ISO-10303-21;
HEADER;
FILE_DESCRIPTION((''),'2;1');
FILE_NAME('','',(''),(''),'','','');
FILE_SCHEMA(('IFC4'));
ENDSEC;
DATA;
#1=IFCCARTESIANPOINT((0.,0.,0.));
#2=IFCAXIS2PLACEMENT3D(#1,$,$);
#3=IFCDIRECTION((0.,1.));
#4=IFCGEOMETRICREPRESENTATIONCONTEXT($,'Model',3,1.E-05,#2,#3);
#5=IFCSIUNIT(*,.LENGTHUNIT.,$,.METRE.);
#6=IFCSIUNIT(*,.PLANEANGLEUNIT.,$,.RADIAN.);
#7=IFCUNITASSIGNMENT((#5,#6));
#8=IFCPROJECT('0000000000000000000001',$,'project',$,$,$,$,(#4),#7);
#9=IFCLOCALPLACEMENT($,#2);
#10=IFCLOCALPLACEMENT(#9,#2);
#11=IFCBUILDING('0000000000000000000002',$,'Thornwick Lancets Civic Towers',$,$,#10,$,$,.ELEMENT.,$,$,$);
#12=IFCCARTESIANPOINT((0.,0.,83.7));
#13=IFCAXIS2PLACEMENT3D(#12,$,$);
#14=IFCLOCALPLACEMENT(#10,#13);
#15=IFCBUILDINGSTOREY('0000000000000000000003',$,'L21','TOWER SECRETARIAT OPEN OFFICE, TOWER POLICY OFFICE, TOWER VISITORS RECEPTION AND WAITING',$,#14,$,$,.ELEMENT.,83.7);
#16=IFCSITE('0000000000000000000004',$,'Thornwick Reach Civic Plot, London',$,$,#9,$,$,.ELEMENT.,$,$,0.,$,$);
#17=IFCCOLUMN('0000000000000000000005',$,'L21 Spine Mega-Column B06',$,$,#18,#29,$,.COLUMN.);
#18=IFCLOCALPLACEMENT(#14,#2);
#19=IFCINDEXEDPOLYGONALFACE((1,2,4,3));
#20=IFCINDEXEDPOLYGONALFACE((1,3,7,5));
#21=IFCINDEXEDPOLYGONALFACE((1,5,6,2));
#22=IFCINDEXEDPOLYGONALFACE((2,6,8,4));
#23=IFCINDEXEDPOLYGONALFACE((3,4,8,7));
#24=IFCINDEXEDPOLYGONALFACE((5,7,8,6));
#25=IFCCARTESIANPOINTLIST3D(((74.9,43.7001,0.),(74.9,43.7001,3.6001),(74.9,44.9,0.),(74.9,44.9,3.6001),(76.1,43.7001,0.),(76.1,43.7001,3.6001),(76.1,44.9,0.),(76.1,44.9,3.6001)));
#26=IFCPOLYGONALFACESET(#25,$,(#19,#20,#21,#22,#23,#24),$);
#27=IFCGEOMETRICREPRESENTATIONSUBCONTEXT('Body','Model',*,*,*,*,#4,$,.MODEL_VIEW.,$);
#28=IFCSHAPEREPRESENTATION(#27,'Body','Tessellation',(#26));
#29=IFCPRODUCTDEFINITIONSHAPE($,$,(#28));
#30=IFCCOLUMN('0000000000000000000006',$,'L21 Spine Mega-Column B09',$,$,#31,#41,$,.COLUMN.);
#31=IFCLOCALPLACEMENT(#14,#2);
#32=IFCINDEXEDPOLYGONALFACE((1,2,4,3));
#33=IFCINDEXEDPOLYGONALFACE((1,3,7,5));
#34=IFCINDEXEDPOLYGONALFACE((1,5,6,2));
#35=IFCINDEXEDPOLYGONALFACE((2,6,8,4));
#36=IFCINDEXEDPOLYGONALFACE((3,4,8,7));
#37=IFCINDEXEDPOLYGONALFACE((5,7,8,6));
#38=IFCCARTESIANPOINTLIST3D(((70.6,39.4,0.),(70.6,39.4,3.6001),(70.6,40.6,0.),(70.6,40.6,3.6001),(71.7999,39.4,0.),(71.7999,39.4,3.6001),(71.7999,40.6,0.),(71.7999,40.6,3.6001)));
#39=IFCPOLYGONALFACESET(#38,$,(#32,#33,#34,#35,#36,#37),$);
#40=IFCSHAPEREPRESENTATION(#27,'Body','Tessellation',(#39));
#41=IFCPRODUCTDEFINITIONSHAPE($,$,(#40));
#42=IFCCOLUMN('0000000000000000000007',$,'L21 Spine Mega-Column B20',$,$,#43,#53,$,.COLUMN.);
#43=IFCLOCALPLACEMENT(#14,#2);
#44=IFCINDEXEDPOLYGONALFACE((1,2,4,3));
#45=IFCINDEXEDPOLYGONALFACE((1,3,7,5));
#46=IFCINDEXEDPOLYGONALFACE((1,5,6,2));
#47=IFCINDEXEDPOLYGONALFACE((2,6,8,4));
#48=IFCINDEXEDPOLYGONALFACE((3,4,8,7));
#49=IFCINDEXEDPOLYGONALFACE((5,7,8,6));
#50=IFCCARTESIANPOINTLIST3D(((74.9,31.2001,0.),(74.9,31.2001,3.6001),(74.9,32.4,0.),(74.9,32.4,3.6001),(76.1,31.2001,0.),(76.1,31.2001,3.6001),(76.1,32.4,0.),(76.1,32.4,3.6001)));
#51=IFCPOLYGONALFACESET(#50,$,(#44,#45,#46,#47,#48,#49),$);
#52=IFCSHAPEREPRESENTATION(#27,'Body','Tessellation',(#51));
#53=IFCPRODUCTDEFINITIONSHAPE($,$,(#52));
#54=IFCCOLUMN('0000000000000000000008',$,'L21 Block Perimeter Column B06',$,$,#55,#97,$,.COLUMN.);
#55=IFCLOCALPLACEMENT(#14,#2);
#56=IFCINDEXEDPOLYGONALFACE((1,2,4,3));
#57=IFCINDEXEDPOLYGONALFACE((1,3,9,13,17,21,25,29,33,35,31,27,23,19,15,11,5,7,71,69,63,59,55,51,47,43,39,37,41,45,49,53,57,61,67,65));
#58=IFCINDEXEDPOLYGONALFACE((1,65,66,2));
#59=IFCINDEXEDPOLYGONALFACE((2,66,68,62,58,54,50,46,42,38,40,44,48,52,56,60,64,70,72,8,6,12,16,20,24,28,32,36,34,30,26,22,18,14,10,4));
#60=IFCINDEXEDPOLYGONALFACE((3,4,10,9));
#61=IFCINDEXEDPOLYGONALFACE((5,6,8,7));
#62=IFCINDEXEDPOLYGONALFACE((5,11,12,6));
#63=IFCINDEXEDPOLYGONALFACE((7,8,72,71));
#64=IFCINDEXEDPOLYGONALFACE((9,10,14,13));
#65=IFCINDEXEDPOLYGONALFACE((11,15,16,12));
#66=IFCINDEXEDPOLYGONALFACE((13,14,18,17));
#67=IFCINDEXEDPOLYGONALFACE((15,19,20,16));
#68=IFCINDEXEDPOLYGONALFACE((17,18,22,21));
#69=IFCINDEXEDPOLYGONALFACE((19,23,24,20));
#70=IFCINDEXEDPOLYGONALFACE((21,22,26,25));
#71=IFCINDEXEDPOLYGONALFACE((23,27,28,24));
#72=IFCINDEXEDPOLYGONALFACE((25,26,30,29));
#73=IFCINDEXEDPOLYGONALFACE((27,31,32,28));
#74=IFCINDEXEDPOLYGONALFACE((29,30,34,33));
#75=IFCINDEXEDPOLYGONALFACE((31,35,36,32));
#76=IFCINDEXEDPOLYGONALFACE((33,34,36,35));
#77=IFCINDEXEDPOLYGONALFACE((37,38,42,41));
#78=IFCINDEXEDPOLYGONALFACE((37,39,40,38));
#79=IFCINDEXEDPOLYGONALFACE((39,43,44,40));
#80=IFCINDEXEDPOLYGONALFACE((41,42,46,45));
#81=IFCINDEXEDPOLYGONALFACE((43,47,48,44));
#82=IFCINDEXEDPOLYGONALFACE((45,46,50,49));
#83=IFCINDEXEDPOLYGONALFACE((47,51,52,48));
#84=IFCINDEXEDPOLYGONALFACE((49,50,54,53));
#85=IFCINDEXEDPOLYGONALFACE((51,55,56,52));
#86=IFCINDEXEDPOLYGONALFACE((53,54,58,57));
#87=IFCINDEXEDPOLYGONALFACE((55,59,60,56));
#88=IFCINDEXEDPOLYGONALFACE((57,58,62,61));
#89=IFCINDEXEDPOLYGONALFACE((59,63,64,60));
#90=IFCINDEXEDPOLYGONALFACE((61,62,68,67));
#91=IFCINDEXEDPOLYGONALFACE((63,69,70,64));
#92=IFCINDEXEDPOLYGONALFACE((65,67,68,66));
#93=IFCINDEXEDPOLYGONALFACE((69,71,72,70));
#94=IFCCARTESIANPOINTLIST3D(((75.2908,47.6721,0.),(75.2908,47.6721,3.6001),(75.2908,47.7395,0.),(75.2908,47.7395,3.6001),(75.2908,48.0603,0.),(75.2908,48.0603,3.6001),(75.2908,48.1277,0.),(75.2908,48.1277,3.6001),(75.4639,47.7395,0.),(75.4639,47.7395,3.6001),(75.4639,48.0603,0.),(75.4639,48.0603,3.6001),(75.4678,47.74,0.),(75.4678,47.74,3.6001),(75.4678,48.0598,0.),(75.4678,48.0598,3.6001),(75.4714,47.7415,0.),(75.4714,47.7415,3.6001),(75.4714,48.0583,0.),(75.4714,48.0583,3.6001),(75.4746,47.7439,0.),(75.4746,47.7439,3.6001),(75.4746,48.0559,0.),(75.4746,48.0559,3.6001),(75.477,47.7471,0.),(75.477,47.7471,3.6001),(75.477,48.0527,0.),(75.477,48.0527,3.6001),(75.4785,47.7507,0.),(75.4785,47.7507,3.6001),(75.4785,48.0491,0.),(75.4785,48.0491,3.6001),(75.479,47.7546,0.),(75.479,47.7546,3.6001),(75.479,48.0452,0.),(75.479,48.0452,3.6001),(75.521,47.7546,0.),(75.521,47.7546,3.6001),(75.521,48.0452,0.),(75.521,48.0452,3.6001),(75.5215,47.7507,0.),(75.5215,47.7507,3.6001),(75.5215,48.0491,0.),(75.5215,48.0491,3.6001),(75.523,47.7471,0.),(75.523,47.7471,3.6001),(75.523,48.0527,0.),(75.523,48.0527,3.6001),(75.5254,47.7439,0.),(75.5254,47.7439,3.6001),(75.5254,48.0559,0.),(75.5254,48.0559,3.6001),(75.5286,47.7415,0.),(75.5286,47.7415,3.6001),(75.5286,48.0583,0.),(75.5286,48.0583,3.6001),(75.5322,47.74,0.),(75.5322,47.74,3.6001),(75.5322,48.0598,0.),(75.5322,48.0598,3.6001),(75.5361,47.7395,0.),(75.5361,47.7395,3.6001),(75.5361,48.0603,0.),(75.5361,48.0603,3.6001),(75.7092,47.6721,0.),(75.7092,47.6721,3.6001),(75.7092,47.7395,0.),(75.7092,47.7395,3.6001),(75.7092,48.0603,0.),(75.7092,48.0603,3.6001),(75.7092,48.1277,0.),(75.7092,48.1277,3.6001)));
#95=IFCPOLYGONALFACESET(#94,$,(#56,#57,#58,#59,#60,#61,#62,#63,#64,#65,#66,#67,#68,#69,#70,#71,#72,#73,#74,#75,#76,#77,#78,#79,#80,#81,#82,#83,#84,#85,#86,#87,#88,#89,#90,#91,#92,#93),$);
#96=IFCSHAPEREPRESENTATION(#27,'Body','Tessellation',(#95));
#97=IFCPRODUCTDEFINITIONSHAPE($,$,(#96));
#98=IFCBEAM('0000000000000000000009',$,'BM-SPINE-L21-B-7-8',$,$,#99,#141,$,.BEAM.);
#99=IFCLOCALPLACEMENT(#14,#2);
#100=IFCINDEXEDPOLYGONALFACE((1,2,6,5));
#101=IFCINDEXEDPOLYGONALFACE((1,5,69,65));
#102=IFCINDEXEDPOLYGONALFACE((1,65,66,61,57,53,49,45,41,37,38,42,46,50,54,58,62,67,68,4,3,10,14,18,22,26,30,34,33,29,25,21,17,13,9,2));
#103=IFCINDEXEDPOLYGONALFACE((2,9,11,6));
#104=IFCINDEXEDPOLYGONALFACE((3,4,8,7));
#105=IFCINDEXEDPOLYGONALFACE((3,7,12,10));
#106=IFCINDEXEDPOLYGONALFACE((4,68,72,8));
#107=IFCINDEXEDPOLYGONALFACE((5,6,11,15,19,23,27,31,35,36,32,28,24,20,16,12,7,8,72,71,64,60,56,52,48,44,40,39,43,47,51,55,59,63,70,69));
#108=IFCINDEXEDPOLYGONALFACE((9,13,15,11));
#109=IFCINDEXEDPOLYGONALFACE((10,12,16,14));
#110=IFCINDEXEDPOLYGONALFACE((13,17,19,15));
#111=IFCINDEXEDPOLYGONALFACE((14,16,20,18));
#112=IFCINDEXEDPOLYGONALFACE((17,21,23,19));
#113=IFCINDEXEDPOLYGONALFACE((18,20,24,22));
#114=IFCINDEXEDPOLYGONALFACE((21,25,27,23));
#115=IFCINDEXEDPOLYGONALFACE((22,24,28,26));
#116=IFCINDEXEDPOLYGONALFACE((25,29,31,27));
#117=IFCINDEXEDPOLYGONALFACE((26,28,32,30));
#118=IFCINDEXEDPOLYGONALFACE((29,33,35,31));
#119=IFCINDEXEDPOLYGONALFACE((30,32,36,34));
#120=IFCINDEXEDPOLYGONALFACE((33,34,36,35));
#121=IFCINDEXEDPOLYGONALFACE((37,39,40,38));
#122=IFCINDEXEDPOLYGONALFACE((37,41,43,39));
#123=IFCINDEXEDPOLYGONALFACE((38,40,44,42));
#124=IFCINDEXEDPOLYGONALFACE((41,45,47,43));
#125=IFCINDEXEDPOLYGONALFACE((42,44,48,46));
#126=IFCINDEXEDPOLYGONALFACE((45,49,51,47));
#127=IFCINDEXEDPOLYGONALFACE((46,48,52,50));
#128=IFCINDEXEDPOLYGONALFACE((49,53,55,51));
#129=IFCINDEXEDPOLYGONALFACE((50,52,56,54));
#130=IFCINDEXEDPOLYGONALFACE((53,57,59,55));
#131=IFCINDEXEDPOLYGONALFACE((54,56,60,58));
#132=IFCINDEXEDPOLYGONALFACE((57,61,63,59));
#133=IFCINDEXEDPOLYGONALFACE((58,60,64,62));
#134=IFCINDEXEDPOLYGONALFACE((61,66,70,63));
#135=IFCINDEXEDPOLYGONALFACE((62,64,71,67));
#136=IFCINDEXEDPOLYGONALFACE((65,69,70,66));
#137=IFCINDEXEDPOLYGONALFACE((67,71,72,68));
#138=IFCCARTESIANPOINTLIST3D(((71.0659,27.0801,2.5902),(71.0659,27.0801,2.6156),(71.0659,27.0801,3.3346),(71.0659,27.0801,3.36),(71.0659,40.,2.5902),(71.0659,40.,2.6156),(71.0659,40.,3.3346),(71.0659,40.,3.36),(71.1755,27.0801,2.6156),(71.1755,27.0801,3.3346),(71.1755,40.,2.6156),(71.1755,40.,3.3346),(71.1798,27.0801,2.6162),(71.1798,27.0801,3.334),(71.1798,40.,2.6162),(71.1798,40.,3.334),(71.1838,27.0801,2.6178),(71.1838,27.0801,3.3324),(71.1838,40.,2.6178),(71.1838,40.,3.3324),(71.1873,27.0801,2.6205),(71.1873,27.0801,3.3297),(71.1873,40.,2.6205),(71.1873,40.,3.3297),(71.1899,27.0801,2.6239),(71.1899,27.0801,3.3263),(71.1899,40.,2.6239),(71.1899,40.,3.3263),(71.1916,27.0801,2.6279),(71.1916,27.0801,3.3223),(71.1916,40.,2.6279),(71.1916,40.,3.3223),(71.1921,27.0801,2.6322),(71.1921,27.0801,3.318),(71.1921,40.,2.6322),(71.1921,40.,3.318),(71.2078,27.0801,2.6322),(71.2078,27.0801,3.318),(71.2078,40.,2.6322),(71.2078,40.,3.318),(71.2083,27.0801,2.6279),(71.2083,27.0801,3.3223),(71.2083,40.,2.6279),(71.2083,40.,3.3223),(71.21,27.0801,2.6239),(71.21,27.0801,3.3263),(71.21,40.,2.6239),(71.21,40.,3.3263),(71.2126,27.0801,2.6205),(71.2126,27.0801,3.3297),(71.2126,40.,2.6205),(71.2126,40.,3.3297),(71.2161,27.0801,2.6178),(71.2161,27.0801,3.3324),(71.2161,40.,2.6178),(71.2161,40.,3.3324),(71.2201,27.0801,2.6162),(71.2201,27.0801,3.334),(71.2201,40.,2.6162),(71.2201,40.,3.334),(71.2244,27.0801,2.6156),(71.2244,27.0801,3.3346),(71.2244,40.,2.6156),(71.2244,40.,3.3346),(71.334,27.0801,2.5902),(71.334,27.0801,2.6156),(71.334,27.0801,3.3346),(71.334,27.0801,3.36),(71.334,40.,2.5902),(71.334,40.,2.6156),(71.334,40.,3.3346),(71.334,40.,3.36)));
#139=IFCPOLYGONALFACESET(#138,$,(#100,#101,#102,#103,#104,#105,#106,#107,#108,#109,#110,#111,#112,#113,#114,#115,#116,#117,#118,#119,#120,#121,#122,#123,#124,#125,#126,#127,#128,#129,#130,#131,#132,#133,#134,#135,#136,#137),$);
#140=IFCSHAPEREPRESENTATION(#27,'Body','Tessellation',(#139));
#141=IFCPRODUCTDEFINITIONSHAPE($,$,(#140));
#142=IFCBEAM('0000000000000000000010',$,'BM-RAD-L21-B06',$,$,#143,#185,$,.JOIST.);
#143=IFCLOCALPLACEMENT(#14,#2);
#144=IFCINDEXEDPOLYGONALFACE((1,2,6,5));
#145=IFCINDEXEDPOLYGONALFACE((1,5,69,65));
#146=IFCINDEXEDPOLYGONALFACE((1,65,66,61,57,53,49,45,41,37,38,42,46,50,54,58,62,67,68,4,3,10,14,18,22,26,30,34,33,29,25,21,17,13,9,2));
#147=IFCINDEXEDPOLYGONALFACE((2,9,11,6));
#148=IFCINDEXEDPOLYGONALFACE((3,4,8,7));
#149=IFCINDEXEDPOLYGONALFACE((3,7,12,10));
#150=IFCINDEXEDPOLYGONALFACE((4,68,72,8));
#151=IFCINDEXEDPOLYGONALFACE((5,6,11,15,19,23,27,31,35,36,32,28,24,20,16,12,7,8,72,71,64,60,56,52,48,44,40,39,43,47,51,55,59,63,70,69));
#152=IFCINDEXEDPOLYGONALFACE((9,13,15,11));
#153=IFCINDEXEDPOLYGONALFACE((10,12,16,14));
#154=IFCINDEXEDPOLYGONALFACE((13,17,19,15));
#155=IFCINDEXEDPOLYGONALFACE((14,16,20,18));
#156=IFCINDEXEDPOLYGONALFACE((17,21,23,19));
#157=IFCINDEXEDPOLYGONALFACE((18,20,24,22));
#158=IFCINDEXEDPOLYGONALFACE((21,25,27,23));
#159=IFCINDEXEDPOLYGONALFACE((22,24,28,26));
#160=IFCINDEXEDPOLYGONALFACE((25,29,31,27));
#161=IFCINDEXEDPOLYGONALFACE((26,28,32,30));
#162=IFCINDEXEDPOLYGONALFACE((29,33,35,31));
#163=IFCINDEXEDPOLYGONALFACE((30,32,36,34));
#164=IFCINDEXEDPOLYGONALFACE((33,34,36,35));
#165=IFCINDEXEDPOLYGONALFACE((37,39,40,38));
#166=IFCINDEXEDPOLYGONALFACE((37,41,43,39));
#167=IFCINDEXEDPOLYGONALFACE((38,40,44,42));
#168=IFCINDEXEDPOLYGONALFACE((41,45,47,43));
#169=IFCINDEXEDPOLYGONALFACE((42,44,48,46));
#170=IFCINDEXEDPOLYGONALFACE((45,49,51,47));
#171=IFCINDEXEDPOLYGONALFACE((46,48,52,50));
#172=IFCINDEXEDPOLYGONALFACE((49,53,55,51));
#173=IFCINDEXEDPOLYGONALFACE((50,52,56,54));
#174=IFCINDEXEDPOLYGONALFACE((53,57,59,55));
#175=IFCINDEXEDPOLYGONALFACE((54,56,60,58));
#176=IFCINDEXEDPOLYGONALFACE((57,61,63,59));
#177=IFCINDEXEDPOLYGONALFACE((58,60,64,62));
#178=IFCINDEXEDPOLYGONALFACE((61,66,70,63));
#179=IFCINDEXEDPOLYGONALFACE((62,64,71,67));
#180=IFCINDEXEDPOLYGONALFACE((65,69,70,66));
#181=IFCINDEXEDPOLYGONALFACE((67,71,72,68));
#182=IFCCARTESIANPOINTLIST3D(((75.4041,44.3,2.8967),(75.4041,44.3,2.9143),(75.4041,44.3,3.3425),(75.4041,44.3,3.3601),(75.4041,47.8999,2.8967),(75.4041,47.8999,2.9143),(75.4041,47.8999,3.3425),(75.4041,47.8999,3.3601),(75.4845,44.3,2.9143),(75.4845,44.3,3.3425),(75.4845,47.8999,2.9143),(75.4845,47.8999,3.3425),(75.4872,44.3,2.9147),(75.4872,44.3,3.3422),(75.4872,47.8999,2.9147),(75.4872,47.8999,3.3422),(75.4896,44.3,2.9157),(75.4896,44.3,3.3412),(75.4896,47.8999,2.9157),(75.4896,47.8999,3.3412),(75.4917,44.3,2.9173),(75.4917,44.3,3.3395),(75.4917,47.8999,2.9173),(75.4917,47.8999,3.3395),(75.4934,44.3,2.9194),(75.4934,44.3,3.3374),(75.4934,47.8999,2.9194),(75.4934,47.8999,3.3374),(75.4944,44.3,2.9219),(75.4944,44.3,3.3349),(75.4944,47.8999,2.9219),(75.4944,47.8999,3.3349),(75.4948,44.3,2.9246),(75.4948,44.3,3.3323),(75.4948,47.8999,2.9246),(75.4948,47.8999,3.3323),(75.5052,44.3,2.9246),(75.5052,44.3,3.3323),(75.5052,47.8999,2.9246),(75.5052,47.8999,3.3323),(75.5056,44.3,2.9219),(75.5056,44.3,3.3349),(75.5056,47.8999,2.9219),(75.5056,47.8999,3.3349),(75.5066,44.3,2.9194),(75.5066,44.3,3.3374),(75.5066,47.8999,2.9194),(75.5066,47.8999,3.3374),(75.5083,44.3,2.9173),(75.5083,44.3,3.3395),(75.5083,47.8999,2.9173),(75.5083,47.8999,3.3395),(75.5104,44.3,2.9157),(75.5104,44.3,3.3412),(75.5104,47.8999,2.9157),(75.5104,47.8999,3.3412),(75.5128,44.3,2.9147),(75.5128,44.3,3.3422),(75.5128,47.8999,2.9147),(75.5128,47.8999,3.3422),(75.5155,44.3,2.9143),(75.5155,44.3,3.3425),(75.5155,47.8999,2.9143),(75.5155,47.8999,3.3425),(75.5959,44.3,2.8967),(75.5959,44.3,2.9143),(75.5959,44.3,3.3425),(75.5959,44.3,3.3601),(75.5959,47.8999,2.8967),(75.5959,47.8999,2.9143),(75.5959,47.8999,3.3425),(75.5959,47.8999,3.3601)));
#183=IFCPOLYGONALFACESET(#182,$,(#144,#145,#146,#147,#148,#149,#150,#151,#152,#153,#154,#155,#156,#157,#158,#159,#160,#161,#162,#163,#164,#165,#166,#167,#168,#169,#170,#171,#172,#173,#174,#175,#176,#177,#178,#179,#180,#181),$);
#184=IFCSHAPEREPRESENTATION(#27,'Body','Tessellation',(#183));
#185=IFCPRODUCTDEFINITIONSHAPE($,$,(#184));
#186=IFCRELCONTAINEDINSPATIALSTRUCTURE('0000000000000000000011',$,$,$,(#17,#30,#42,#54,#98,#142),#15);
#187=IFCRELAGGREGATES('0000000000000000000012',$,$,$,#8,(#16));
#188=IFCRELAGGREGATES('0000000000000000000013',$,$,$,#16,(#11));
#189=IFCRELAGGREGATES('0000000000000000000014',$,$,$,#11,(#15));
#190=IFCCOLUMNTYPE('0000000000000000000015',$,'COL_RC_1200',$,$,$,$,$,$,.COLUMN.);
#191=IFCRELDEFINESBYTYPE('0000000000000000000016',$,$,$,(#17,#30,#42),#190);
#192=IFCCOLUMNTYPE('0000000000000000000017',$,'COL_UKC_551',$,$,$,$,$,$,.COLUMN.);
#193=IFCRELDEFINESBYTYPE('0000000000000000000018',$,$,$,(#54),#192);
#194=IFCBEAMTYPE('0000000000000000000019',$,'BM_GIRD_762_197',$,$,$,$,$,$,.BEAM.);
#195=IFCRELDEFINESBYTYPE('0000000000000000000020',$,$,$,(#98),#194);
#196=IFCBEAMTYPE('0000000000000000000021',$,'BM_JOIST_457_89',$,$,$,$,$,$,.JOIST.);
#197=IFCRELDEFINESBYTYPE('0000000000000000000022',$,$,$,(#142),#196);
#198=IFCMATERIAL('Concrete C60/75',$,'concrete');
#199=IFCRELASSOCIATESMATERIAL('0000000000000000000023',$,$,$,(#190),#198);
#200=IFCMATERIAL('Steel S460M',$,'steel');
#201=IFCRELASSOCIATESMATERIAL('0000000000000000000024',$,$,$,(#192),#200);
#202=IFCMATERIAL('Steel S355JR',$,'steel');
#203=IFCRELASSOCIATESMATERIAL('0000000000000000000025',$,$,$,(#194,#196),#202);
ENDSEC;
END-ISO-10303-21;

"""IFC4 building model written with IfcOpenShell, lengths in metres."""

from ifc_helpers import new_model, si_unit, direction, frame, origin, origin_2d, place, context, subcontext, project, spatial, rectangle, i_section, extrude, material, material_profile, profile_set, type_object, element, save


model = new_model("IFC4")

# Units and contexts
model_context = context("Model", 3, precision=1e-05, world=origin(), true_north=direction((0.0, 1.0)))
body_context = subcontext(model_context, "Body", "Model", "MODEL_VIEW")
ifc_project = project(units=[si_unit("LENGTHUNIT", "METRE"), si_unit("PLANEANGLEUNIT", "RADIAN")], contexts=[model_context])

# Site, building, storey
site_placement = place(None, origin())
site = spatial("IfcSite", under=ifc_project, at=site_placement, Name="Thornwick Reach Civic Plot, London", CompositionType="ELEMENT", RefElevation=0.0)
building_placement = place(site_placement, origin())
building = spatial("IfcBuilding", under=site, at=building_placement, Name="Thornwick Lancets Civic Towers", CompositionType="ELEMENT")
storey_placement = place(building_placement, frame((0.0, 0.0, 83.7)))
storey = spatial("IfcBuildingStorey", under=building, at=storey_placement, Name="L21", Description="TOWER SECRETARIAT OPEN OFFICE, TOWER POLICY OFFICE, TOWER VISITORS RECEPTION AND WAITING", CompositionType="ELEMENT", Elevation=83.7)

# Columns
ifc_material_1 = material(Name="Concrete C60/75", Category="concrete")
ifc_material_profile_1 = material_profile(ifc_material_1, rectangle(XDim=1.2, YDim=1.2, at=origin_2d()), Name="RC 1200x1200")
ifc_profile_set_1 = profile_set([ifc_material_profile_1], Name="Concrete C60/75")
column_type_1 = type_object("IfcColumnType", Name="COL_RC_1200", PredefinedType="COLUMN", material=ifc_profile_set_1)
for number, where, z_axis, x_axis, name in (
    (1, (75.5, 44.3, 0.0), (0.0, 0.0, 1.0), (1.0, 0.0, 0.0), "L21 Spine Mega-Column B06"),
    (2, (71.2, 40.0, 0.0), (0.0, 0.0, 1.0), (1.0, 0.0, 0.0), "L21 Spine Mega-Column B09"),
    (3, (75.5, 31.8, 0.0), (0.0, 0.0, 1.0), (1.0, 0.0, 0.0), "L21 Spine Mega-Column B20"),
):
    element("IfcColumn", number, at=place(storey_placement, frame(where, z_axis=z_axis, x_axis=x_axis)), inside=storey, type_object=column_type_1, Name=name, PredefinedType="COLUMN", context=body_context, shape_type="SweptSolid", body=[
        extrude(rectangle(XDim=1.2, YDim=1.2, at=origin_2d()), origin(), (0.0, 0.0, 1.0), 3.6001),
    ])
ifc_material_2 = material(Name="Steel S460M", Category="steel")
ifc_material_profile_2 = material_profile(ifc_material_2, i_section(OverallWidth=0.4185, OverallDepth=0.4556, WebThickness=0.042, FlangeThickness=0.0674, FilletRadius=0.0151, at=origin_2d()), Name="UKC 356x406x551")
ifc_profile_set_2 = profile_set([ifc_material_profile_2], Name="Steel S460M")
column_type_2 = type_object("IfcColumnType", Name="COL_UKC_551", PredefinedType="COLUMN", material=ifc_profile_set_2)
column_placement = place(storey_placement, frame((75.5, 47.8999, 0.0), z_axis=(0.0, 0.0, 1.0), x_axis=(1.0, 0.0, 0.0)))
element("IfcColumn", 4, at=column_placement, inside=storey, type_object=column_type_2, Name="L21 Block Perimeter Column B06", PredefinedType="COLUMN", context=body_context, shape_type="SweptSolid", body=[
    extrude(i_section(OverallWidth=0.4185, OverallDepth=0.4556, WebThickness=0.042, FlangeThickness=0.0674, FilletRadius=0.0151, at=origin_2d()), origin(), (0.0, 0.0, 1.0), 3.6001),
])

# Beams
ifc_material_3 = material(Name="Steel S355JR", Category="steel")
ifc_material_profile_3 = material_profile(ifc_material_3, i_section(OverallWidth=0.2681, OverallDepth=0.7698, WebThickness=0.0156, FlangeThickness=0.0254, FilletRadius=0.0166, at=origin_2d()), Name="UKB 762x267x197")
ifc_profile_set_3 = profile_set([ifc_material_profile_3], Name="Steel S355JR")
beam_type_1 = type_object("IfcBeamType", Name="BM_GIRD_762_197", PredefinedType="BEAM", material=ifc_profile_set_3)
beam_1_placement = place(storey_placement, frame((71.2, 27.0801, 2.9751), z_axis=(0.0, 1.0, 0.0), x_axis=(-1.0, 0.0, 0.0)))
element("IfcBeam", 5, at=beam_1_placement, inside=storey, type_object=beam_type_1, Name="BM-SPINE-L21-B-7-8", PredefinedType="BEAM", context=body_context, shape_type="SweptSolid", body=[
    extrude(i_section(OverallWidth=0.2681, OverallDepth=0.7698, WebThickness=0.0156, FlangeThickness=0.0254, FilletRadius=0.0166, at=origin_2d()), origin(), (0.0, 0.0, 1.0), 12.9199),
])
ifc_material_profile_4 = material_profile(ifc_material_3, i_section(OverallWidth=0.1919, OverallDepth=0.4634, WebThickness=0.0105, FlangeThickness=0.0176, FilletRadius=0.0103, at=origin_2d()), Name="UKB 457x191x89")
ifc_profile_set_4 = profile_set([ifc_material_profile_4], Name="Steel S355JR")
beam_type_2 = type_object("IfcBeamType", Name="BM_JOIST_457_89", PredefinedType="JOIST", material=ifc_profile_set_4)
for number, where, z_axis, x_axis, name in (
    (6, (75.5, 44.3, 3.1284), (0.0, 1.0, 0.0), (-1.0, 0.0, 0.0), "BM-RAD-L21-B06"),
):
    element("IfcBeam", number, at=place(storey_placement, frame(where, z_axis=z_axis, x_axis=x_axis)), inside=storey, type_object=beam_type_2, Name=name, PredefinedType="JOIST", context=body_context, shape_type="SweptSolid", body=[
        extrude(i_section(OverallWidth=0.1919, OverallDepth=0.4634, WebThickness=0.0105, FlangeThickness=0.0176, FilletRadius=0.0103, at=origin_2d()), origin(), (0.0, 0.0, 1.0), 3.5999),
    ])

save(model, "model.ifc")
